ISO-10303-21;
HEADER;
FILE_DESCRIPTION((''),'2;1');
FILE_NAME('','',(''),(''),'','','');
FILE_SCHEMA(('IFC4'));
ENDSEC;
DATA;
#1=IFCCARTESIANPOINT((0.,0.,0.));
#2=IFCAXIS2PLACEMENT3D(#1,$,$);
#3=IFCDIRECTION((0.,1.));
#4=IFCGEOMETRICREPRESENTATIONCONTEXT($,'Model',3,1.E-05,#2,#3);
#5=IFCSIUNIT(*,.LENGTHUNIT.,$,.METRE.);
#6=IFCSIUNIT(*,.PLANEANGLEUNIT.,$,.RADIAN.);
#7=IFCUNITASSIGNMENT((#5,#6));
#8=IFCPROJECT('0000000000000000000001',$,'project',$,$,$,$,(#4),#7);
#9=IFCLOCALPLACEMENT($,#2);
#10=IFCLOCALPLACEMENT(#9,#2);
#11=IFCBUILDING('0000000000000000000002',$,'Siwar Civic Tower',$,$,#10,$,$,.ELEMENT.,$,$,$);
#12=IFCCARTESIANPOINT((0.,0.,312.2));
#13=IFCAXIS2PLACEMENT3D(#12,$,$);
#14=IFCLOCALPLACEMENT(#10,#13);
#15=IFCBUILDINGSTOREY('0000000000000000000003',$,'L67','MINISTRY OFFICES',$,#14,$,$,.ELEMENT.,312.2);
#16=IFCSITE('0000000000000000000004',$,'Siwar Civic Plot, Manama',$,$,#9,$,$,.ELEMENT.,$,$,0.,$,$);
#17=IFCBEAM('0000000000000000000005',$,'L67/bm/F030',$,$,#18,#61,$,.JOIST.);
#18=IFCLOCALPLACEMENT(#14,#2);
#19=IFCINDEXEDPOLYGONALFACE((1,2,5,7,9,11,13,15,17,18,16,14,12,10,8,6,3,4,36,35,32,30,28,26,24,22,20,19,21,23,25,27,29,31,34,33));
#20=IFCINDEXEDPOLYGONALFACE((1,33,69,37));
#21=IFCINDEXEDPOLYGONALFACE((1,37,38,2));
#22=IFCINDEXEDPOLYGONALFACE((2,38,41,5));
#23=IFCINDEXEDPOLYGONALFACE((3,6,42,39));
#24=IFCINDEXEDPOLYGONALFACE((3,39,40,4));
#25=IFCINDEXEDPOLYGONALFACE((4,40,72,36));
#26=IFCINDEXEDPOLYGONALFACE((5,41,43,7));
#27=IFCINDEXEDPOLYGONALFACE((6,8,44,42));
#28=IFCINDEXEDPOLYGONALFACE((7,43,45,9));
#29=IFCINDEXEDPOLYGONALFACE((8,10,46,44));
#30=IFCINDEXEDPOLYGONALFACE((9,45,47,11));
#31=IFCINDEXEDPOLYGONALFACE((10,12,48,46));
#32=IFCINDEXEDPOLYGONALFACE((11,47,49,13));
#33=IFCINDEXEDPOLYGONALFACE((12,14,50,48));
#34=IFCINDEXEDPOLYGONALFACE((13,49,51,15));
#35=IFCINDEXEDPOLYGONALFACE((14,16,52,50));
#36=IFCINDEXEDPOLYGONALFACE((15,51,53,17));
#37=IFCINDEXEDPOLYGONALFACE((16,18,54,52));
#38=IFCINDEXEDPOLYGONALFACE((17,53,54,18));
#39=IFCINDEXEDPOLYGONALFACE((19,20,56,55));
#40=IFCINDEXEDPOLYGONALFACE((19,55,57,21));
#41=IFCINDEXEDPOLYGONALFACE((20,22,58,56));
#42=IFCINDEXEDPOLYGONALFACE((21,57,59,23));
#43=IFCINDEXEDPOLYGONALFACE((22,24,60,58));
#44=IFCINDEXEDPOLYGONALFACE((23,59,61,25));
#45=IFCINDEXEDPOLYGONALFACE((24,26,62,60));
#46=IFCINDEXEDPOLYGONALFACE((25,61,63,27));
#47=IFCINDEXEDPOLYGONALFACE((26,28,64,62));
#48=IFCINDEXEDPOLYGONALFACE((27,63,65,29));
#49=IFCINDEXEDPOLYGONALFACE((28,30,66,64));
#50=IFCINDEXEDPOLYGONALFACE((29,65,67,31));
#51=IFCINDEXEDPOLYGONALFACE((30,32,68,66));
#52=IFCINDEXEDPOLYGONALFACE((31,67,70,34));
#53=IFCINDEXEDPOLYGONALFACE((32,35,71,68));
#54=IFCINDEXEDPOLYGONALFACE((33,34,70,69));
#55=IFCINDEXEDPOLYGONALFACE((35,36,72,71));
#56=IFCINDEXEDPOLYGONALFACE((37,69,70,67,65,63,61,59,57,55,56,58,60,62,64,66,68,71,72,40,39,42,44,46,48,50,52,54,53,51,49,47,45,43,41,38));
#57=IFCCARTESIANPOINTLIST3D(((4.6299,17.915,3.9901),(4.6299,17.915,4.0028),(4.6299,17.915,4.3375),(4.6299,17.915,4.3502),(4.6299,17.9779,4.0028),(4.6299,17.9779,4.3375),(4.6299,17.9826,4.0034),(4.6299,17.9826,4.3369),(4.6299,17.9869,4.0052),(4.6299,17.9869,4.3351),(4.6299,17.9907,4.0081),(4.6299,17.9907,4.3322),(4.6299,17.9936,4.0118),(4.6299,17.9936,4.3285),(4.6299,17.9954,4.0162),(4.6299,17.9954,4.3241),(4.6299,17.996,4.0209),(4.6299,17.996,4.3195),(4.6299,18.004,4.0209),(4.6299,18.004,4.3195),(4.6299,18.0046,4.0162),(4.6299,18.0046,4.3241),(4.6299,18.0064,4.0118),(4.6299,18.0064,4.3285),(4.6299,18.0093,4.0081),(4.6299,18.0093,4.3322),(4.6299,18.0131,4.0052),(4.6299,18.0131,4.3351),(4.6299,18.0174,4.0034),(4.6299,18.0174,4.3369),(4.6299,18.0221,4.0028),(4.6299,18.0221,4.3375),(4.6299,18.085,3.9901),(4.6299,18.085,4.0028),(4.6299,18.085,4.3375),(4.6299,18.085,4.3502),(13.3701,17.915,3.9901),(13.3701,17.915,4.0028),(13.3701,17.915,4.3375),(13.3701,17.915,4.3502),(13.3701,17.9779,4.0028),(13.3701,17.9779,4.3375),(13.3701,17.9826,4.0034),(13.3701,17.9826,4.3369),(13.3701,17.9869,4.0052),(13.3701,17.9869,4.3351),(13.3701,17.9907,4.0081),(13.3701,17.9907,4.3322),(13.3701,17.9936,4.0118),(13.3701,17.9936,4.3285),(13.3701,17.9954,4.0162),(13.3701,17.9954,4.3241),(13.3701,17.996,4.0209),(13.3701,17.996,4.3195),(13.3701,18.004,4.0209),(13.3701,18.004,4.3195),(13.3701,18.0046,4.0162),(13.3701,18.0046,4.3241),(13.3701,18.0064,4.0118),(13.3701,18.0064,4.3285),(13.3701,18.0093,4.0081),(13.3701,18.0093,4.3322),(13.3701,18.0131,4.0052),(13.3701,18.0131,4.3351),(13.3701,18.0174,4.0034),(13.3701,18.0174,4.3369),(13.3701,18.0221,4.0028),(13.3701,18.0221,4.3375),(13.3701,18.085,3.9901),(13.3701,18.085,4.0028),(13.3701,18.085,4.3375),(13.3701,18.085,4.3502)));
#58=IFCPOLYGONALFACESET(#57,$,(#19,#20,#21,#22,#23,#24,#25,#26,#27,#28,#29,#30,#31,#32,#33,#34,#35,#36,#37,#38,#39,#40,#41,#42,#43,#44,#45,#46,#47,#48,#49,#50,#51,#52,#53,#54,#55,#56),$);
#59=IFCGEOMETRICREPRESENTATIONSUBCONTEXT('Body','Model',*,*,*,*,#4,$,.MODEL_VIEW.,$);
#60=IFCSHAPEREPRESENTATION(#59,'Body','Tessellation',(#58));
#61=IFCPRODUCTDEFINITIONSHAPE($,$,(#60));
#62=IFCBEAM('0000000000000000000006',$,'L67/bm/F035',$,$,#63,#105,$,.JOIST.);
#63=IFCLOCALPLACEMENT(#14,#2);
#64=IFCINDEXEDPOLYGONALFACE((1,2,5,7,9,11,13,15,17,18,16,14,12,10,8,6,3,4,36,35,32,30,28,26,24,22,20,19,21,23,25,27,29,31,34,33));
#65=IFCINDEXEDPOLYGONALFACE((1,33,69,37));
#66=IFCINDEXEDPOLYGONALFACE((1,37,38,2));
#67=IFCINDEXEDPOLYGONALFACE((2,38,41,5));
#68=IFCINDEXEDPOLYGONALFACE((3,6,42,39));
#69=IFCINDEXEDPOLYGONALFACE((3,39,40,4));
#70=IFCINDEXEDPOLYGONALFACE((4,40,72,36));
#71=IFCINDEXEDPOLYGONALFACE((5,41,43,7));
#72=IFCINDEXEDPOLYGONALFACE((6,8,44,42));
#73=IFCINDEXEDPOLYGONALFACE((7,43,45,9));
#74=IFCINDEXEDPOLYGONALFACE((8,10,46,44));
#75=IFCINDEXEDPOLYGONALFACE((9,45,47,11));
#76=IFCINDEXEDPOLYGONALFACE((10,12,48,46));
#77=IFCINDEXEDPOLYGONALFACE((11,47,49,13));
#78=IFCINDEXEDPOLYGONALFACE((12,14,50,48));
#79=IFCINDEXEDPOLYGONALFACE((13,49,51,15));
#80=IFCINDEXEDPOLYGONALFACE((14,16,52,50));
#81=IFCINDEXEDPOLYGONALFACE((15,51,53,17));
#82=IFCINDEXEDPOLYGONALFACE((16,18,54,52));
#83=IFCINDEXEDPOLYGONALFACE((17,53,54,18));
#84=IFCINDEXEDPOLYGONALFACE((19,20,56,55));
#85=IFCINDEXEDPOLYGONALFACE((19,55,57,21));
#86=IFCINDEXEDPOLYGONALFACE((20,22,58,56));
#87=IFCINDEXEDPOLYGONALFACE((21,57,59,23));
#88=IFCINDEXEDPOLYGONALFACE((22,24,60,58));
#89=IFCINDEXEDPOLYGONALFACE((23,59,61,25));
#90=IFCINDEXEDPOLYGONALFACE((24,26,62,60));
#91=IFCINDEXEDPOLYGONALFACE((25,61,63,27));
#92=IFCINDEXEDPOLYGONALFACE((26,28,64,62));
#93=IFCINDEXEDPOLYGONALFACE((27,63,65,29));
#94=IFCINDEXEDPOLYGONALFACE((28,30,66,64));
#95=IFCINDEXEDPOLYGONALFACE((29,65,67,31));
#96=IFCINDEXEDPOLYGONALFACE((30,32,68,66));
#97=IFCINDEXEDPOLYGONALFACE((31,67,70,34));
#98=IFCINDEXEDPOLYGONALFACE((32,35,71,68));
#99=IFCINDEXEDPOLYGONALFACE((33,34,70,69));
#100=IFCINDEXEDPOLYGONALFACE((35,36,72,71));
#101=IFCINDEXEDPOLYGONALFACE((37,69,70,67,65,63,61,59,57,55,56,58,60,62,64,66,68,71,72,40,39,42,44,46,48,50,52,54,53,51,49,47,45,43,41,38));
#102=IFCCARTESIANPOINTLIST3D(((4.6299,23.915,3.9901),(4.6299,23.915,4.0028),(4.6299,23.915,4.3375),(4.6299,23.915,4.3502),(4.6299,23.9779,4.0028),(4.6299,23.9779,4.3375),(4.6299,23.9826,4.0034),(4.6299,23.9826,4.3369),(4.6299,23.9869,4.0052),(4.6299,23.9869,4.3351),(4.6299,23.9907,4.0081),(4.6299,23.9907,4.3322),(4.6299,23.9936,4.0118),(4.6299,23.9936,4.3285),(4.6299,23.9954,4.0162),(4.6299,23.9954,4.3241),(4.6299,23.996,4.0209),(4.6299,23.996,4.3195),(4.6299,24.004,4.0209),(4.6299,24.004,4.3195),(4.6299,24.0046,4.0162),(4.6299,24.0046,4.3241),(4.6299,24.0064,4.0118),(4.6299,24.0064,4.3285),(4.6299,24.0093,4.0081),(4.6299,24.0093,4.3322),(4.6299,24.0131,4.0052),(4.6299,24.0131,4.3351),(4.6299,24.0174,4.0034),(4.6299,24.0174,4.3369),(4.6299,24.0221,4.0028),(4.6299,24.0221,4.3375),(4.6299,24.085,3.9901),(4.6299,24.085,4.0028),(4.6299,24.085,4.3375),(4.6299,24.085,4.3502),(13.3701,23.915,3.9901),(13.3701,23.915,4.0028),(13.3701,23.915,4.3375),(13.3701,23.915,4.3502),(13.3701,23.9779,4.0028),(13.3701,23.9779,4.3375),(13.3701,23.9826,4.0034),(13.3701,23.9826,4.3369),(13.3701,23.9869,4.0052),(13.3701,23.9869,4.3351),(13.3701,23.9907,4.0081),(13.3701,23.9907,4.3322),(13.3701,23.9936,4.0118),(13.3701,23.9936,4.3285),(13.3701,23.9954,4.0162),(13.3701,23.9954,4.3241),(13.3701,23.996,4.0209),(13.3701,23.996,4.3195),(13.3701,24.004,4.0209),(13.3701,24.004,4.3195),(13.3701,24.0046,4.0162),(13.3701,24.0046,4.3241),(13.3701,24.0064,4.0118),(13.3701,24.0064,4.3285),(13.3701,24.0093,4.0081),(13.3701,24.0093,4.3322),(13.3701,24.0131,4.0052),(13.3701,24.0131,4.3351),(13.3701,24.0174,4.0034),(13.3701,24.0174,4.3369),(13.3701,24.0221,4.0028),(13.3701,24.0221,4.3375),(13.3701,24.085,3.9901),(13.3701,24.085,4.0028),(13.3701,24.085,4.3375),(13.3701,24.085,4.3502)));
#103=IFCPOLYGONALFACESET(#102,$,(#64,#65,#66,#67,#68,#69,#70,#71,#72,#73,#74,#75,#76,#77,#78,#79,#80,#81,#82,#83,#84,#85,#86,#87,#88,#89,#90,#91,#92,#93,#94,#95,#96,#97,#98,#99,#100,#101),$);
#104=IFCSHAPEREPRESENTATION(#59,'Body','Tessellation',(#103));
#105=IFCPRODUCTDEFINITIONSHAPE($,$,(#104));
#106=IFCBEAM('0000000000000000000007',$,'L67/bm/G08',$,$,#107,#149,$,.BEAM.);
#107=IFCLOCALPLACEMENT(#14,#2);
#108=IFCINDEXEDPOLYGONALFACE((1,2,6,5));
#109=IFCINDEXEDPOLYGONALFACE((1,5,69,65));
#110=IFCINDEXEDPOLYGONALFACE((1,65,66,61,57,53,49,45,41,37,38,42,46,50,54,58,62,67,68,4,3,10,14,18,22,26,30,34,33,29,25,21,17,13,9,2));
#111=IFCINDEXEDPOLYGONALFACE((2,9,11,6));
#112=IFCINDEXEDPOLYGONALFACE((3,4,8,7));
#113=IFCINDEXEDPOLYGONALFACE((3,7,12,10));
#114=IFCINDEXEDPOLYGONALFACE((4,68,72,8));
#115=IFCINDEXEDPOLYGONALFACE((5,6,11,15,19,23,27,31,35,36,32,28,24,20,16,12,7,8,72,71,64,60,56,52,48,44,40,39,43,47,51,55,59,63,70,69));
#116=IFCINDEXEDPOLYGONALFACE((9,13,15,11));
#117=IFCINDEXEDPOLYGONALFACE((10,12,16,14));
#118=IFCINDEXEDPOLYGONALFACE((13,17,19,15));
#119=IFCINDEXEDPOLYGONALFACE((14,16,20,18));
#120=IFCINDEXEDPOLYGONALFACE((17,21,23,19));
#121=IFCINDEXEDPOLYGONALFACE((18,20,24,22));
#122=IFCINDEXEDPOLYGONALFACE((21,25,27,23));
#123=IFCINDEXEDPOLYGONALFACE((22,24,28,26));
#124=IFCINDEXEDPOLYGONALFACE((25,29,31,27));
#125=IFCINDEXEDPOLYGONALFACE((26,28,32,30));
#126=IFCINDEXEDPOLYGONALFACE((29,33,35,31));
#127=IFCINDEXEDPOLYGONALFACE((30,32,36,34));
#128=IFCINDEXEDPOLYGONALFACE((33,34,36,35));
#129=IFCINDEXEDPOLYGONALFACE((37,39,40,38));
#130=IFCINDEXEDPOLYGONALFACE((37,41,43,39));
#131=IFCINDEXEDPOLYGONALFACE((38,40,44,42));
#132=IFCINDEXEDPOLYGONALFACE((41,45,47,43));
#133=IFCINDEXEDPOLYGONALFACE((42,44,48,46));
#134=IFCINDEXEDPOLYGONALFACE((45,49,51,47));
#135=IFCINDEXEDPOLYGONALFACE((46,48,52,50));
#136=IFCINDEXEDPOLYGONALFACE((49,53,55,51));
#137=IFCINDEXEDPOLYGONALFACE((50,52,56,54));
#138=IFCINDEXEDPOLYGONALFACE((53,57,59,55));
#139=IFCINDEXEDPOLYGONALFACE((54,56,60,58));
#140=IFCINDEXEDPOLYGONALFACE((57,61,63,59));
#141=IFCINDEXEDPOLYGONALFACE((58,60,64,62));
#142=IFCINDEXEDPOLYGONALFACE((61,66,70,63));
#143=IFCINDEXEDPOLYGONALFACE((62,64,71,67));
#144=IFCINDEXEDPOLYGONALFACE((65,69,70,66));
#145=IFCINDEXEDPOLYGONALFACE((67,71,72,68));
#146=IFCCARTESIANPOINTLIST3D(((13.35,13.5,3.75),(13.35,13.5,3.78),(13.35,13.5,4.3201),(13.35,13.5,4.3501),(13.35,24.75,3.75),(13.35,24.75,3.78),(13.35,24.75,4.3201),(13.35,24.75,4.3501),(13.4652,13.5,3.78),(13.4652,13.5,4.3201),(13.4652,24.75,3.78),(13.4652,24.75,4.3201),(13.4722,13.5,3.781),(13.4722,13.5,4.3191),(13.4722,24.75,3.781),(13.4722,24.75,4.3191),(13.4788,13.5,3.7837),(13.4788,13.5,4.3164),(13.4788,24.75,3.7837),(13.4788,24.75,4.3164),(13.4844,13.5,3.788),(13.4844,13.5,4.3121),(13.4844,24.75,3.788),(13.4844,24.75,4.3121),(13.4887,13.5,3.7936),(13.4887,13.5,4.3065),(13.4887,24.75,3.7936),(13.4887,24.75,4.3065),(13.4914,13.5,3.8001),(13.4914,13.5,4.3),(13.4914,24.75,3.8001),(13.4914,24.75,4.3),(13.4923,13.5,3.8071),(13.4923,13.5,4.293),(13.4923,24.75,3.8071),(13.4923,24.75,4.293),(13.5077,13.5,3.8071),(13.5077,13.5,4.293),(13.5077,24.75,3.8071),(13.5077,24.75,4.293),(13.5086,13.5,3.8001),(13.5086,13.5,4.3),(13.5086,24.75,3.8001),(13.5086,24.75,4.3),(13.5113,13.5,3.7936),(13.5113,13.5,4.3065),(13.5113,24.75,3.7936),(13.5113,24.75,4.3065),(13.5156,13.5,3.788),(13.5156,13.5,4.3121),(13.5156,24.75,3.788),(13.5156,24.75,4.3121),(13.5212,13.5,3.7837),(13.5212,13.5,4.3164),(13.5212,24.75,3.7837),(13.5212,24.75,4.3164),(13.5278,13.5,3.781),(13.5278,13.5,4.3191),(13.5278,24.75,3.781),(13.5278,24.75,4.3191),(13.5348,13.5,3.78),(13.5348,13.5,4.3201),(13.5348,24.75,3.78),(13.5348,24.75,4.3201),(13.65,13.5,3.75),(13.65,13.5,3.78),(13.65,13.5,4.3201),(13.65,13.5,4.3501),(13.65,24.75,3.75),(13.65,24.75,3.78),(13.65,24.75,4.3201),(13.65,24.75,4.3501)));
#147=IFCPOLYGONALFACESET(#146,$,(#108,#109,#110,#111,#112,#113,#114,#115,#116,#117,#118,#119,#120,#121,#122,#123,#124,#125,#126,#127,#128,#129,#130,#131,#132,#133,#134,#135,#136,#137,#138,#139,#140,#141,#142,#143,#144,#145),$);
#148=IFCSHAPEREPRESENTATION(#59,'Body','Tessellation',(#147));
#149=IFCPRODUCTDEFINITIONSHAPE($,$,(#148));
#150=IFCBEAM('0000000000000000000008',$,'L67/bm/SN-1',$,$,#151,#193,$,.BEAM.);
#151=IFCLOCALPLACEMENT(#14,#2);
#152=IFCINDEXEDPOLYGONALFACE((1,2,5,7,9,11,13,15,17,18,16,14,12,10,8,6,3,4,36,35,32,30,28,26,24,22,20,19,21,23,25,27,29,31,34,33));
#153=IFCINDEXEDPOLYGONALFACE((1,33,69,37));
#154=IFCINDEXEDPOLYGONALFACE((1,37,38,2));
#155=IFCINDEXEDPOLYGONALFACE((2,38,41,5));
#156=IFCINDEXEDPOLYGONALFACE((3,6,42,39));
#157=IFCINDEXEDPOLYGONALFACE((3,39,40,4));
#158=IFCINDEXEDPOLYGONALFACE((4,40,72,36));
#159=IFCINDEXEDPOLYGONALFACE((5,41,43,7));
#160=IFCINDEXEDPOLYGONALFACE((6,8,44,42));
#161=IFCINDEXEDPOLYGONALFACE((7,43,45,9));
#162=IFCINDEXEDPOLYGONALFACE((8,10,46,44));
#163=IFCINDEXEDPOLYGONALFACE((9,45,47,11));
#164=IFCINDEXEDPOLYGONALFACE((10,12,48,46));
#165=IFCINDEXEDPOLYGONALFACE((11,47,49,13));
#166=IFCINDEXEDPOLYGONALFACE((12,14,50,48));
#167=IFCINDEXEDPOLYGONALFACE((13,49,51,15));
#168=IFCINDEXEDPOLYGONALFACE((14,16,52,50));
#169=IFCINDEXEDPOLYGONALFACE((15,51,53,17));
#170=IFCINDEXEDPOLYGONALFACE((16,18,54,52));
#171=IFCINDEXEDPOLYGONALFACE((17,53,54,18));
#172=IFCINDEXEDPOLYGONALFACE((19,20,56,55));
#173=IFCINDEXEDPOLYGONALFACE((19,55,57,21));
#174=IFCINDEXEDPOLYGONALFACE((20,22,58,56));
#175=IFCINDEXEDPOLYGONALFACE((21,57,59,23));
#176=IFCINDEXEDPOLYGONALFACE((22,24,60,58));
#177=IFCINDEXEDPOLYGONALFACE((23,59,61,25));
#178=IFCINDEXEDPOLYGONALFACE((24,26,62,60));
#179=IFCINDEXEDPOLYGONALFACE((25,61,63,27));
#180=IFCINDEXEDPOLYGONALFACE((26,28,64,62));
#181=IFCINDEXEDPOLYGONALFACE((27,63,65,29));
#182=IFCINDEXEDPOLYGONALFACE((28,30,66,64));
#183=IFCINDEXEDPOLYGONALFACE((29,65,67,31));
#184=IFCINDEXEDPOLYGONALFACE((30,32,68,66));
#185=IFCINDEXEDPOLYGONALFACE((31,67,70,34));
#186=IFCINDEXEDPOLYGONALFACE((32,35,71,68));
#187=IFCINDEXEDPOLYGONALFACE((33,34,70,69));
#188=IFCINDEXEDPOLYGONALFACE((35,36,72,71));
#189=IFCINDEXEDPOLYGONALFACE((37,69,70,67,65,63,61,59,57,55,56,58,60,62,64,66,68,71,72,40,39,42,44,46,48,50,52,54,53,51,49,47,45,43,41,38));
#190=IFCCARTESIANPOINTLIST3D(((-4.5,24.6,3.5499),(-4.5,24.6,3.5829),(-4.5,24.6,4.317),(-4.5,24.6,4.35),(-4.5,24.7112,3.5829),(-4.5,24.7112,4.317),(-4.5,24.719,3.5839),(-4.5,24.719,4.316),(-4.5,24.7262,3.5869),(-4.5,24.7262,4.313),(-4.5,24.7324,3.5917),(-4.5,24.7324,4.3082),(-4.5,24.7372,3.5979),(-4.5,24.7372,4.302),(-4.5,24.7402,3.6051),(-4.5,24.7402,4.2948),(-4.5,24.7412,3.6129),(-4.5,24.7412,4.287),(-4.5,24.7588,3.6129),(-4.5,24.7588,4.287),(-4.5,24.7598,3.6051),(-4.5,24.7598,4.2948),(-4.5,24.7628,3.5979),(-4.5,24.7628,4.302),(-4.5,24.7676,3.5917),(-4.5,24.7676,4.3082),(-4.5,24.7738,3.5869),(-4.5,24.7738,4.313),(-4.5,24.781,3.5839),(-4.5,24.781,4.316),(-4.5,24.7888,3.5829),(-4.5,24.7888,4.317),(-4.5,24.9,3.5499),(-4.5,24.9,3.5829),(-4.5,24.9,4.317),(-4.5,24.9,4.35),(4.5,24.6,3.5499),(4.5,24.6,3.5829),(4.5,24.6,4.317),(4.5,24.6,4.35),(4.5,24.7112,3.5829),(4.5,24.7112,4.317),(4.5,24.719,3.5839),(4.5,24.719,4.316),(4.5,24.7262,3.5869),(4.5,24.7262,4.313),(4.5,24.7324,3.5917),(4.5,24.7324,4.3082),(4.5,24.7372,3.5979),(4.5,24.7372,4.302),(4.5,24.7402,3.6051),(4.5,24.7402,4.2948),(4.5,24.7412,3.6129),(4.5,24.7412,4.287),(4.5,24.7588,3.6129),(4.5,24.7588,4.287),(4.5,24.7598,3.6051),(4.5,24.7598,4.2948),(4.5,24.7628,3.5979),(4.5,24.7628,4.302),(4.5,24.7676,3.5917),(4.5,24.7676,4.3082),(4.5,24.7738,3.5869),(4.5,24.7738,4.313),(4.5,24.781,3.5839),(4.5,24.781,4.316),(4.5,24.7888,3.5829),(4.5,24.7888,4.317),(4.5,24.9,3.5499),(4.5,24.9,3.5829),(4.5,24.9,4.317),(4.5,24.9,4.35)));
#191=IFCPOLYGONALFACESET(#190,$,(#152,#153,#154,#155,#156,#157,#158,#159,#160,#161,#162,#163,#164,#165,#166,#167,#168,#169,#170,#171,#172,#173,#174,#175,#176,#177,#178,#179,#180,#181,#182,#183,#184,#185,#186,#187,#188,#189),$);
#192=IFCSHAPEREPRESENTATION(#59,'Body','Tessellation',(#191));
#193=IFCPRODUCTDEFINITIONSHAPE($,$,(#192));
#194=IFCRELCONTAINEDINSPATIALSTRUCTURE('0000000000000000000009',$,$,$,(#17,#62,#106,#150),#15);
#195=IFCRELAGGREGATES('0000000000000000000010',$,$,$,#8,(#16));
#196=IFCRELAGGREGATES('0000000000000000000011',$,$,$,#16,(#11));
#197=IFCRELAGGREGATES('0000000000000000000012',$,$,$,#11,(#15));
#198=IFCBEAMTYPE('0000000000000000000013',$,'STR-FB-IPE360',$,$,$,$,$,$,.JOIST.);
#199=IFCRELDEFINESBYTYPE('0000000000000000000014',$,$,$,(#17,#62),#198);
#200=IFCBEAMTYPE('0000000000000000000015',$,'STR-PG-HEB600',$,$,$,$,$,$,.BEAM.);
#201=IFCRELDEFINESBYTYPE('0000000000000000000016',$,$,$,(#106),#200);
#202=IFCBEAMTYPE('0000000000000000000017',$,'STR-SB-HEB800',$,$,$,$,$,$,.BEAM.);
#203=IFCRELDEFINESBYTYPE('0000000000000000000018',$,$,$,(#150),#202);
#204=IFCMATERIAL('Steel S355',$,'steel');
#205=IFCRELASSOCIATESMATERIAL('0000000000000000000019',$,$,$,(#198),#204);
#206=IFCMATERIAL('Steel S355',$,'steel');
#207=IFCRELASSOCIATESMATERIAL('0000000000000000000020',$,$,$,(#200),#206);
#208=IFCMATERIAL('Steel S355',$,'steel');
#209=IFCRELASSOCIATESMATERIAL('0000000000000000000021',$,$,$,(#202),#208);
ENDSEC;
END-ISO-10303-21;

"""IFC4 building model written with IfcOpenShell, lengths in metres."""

from ifc_helpers import new_model, si_unit, direction, frame, origin, origin_2d, place, context, subcontext, project, spatial, i_section, extrude, material, material_profile, profile_set, type_object, element, save


model = new_model("IFC4")

# Units and contexts
model_context = context("Model", 3, precision=1e-05, world=origin(), true_north=direction((0.0, 1.0)))
body_context = subcontext(model_context, "Body", "Model", "MODEL_VIEW")
ifc_project = project(units=[si_unit("LENGTHUNIT", "METRE"), si_unit("PLANEANGLEUNIT", "RADIAN")], contexts=[model_context])

# Site, building, storey
site_placement = place(None, origin())
site = spatial("IfcSite", under=ifc_project, at=site_placement, Name="Siwar Civic Plot, Manama", CompositionType="ELEMENT", RefElevation=0.0)
building_placement = place(site_placement, origin())
building = spatial("IfcBuilding", under=site, at=building_placement, Name="Siwar Civic Tower", CompositionType="ELEMENT")
storey_placement = place(building_placement, frame((0.0, 0.0, 312.2)))
storey = spatial("IfcBuildingStorey", under=building, at=storey_placement, Name="L67", Description="MINISTRY OFFICES", CompositionType="ELEMENT", Elevation=312.2)

# Beams
ifc_material_1 = material(Name="Steel S355", Category="steel")
ifc_material_profile_1 = material_profile(ifc_material_1, i_section(OverallWidth=0.1699, OverallDepth=0.3601, WebThickness=0.0081, FlangeThickness=0.0127, FilletRadius=0.0181, at=origin_2d()), Name="IPE360")
ifc_profile_set_1 = profile_set([ifc_material_profile_1], Name="Steel S355")
beam_type_1 = type_object("IfcBeamType", Name="STR-FB-IPE360", PredefinedType="JOIST", material=ifc_profile_set_1)
for number, where, z_axis, x_axis, name in (
    (1, (4.6299, 18.0, 4.1702), (1.0, 0.0, 0.0), (0.0, 1.0, 0.0), "L67/bm/F030"),
    (2, (4.6299, 24.0, 4.1702), (1.0, 0.0, 0.0), (0.0, 1.0, 0.0), "L67/bm/F035"),
):
    element("IfcBeam", number, at=place(storey_placement, frame(where, z_axis=z_axis, x_axis=x_axis)), inside=storey, type_object=beam_type_1, Name=name, PredefinedType="JOIST", context=body_context, shape_type="SweptSolid", body=[
        extrude(i_section(OverallWidth=0.1699, OverallDepth=0.3601, WebThickness=0.0081, FlangeThickness=0.0127, FilletRadius=0.0181, at=origin_2d()), origin(), (0.0, 0.0, 1.0), 8.7402),
    ])
ifc_material_2 = material(Name="Steel S355", Category="steel")
ifc_material_profile_2 = material_profile(ifc_material_2, i_section(OverallWidth=0.3, OverallDepth=0.6001, WebThickness=0.0154, FlangeThickness=0.03, FilletRadius=0.0271, at=origin_2d()), Name="HEB600")
ifc_profile_set_2 = profile_set([ifc_material_profile_2], Name="Steel S355")
beam_type_2 = type_object("IfcBeamType", Name="STR-PG-HEB600", PredefinedType="BEAM", material=ifc_profile_set_2)
beam_1_placement = place(storey_placement, frame((13.5, 13.5, 4.05), z_axis=(0.0, 1.0, 0.0), x_axis=(-1.0, 0.0, 0.0)))
element("IfcBeam", 3, at=beam_1_placement, inside=storey, type_object=beam_type_2, Name="L67/bm/G08", PredefinedType="BEAM", context=body_context, shape_type="SweptSolid", body=[
    extrude(i_section(OverallWidth=0.3, OverallDepth=0.6001, WebThickness=0.0154, FlangeThickness=0.03, FilletRadius=0.0271, at=origin_2d()), origin(), (0.0, 0.0, 1.0), 11.25),
])
ifc_material_3 = material(Name="Steel S355", Category="steel")
ifc_material_profile_3 = material_profile(ifc_material_3, i_section(OverallWidth=0.3, OverallDepth=0.8, WebThickness=0.0176, FlangeThickness=0.033, FilletRadius=0.03, at=origin_2d()), Name="HEB800")
ifc_profile_set_3 = profile_set([ifc_material_profile_3], Name="Steel S355")
beam_type_3 = type_object("IfcBeamType", Name="STR-SB-HEB800", PredefinedType="BEAM", material=ifc_profile_set_3)
beam_2_placement = place(storey_placement, frame((4.5, 24.75, 3.95), z_axis=(-1.0, 0.0, 0.0), x_axis=(0.0, -1.0, 0.0)))
element("IfcBeam", 4, at=beam_2_placement, inside=storey, type_object=beam_type_3, Name="L67/bm/SN-1", PredefinedType="BEAM", context=body_context, shape_type="SweptSolid", body=[
    extrude(i_section(OverallWidth=0.3, OverallDepth=0.8, WebThickness=0.0176, FlangeThickness=0.033, FilletRadius=0.03, at=origin_2d()), origin(), (0.0, 0.0, 1.0), 9.0),
])

save(model, "model.ifc")
